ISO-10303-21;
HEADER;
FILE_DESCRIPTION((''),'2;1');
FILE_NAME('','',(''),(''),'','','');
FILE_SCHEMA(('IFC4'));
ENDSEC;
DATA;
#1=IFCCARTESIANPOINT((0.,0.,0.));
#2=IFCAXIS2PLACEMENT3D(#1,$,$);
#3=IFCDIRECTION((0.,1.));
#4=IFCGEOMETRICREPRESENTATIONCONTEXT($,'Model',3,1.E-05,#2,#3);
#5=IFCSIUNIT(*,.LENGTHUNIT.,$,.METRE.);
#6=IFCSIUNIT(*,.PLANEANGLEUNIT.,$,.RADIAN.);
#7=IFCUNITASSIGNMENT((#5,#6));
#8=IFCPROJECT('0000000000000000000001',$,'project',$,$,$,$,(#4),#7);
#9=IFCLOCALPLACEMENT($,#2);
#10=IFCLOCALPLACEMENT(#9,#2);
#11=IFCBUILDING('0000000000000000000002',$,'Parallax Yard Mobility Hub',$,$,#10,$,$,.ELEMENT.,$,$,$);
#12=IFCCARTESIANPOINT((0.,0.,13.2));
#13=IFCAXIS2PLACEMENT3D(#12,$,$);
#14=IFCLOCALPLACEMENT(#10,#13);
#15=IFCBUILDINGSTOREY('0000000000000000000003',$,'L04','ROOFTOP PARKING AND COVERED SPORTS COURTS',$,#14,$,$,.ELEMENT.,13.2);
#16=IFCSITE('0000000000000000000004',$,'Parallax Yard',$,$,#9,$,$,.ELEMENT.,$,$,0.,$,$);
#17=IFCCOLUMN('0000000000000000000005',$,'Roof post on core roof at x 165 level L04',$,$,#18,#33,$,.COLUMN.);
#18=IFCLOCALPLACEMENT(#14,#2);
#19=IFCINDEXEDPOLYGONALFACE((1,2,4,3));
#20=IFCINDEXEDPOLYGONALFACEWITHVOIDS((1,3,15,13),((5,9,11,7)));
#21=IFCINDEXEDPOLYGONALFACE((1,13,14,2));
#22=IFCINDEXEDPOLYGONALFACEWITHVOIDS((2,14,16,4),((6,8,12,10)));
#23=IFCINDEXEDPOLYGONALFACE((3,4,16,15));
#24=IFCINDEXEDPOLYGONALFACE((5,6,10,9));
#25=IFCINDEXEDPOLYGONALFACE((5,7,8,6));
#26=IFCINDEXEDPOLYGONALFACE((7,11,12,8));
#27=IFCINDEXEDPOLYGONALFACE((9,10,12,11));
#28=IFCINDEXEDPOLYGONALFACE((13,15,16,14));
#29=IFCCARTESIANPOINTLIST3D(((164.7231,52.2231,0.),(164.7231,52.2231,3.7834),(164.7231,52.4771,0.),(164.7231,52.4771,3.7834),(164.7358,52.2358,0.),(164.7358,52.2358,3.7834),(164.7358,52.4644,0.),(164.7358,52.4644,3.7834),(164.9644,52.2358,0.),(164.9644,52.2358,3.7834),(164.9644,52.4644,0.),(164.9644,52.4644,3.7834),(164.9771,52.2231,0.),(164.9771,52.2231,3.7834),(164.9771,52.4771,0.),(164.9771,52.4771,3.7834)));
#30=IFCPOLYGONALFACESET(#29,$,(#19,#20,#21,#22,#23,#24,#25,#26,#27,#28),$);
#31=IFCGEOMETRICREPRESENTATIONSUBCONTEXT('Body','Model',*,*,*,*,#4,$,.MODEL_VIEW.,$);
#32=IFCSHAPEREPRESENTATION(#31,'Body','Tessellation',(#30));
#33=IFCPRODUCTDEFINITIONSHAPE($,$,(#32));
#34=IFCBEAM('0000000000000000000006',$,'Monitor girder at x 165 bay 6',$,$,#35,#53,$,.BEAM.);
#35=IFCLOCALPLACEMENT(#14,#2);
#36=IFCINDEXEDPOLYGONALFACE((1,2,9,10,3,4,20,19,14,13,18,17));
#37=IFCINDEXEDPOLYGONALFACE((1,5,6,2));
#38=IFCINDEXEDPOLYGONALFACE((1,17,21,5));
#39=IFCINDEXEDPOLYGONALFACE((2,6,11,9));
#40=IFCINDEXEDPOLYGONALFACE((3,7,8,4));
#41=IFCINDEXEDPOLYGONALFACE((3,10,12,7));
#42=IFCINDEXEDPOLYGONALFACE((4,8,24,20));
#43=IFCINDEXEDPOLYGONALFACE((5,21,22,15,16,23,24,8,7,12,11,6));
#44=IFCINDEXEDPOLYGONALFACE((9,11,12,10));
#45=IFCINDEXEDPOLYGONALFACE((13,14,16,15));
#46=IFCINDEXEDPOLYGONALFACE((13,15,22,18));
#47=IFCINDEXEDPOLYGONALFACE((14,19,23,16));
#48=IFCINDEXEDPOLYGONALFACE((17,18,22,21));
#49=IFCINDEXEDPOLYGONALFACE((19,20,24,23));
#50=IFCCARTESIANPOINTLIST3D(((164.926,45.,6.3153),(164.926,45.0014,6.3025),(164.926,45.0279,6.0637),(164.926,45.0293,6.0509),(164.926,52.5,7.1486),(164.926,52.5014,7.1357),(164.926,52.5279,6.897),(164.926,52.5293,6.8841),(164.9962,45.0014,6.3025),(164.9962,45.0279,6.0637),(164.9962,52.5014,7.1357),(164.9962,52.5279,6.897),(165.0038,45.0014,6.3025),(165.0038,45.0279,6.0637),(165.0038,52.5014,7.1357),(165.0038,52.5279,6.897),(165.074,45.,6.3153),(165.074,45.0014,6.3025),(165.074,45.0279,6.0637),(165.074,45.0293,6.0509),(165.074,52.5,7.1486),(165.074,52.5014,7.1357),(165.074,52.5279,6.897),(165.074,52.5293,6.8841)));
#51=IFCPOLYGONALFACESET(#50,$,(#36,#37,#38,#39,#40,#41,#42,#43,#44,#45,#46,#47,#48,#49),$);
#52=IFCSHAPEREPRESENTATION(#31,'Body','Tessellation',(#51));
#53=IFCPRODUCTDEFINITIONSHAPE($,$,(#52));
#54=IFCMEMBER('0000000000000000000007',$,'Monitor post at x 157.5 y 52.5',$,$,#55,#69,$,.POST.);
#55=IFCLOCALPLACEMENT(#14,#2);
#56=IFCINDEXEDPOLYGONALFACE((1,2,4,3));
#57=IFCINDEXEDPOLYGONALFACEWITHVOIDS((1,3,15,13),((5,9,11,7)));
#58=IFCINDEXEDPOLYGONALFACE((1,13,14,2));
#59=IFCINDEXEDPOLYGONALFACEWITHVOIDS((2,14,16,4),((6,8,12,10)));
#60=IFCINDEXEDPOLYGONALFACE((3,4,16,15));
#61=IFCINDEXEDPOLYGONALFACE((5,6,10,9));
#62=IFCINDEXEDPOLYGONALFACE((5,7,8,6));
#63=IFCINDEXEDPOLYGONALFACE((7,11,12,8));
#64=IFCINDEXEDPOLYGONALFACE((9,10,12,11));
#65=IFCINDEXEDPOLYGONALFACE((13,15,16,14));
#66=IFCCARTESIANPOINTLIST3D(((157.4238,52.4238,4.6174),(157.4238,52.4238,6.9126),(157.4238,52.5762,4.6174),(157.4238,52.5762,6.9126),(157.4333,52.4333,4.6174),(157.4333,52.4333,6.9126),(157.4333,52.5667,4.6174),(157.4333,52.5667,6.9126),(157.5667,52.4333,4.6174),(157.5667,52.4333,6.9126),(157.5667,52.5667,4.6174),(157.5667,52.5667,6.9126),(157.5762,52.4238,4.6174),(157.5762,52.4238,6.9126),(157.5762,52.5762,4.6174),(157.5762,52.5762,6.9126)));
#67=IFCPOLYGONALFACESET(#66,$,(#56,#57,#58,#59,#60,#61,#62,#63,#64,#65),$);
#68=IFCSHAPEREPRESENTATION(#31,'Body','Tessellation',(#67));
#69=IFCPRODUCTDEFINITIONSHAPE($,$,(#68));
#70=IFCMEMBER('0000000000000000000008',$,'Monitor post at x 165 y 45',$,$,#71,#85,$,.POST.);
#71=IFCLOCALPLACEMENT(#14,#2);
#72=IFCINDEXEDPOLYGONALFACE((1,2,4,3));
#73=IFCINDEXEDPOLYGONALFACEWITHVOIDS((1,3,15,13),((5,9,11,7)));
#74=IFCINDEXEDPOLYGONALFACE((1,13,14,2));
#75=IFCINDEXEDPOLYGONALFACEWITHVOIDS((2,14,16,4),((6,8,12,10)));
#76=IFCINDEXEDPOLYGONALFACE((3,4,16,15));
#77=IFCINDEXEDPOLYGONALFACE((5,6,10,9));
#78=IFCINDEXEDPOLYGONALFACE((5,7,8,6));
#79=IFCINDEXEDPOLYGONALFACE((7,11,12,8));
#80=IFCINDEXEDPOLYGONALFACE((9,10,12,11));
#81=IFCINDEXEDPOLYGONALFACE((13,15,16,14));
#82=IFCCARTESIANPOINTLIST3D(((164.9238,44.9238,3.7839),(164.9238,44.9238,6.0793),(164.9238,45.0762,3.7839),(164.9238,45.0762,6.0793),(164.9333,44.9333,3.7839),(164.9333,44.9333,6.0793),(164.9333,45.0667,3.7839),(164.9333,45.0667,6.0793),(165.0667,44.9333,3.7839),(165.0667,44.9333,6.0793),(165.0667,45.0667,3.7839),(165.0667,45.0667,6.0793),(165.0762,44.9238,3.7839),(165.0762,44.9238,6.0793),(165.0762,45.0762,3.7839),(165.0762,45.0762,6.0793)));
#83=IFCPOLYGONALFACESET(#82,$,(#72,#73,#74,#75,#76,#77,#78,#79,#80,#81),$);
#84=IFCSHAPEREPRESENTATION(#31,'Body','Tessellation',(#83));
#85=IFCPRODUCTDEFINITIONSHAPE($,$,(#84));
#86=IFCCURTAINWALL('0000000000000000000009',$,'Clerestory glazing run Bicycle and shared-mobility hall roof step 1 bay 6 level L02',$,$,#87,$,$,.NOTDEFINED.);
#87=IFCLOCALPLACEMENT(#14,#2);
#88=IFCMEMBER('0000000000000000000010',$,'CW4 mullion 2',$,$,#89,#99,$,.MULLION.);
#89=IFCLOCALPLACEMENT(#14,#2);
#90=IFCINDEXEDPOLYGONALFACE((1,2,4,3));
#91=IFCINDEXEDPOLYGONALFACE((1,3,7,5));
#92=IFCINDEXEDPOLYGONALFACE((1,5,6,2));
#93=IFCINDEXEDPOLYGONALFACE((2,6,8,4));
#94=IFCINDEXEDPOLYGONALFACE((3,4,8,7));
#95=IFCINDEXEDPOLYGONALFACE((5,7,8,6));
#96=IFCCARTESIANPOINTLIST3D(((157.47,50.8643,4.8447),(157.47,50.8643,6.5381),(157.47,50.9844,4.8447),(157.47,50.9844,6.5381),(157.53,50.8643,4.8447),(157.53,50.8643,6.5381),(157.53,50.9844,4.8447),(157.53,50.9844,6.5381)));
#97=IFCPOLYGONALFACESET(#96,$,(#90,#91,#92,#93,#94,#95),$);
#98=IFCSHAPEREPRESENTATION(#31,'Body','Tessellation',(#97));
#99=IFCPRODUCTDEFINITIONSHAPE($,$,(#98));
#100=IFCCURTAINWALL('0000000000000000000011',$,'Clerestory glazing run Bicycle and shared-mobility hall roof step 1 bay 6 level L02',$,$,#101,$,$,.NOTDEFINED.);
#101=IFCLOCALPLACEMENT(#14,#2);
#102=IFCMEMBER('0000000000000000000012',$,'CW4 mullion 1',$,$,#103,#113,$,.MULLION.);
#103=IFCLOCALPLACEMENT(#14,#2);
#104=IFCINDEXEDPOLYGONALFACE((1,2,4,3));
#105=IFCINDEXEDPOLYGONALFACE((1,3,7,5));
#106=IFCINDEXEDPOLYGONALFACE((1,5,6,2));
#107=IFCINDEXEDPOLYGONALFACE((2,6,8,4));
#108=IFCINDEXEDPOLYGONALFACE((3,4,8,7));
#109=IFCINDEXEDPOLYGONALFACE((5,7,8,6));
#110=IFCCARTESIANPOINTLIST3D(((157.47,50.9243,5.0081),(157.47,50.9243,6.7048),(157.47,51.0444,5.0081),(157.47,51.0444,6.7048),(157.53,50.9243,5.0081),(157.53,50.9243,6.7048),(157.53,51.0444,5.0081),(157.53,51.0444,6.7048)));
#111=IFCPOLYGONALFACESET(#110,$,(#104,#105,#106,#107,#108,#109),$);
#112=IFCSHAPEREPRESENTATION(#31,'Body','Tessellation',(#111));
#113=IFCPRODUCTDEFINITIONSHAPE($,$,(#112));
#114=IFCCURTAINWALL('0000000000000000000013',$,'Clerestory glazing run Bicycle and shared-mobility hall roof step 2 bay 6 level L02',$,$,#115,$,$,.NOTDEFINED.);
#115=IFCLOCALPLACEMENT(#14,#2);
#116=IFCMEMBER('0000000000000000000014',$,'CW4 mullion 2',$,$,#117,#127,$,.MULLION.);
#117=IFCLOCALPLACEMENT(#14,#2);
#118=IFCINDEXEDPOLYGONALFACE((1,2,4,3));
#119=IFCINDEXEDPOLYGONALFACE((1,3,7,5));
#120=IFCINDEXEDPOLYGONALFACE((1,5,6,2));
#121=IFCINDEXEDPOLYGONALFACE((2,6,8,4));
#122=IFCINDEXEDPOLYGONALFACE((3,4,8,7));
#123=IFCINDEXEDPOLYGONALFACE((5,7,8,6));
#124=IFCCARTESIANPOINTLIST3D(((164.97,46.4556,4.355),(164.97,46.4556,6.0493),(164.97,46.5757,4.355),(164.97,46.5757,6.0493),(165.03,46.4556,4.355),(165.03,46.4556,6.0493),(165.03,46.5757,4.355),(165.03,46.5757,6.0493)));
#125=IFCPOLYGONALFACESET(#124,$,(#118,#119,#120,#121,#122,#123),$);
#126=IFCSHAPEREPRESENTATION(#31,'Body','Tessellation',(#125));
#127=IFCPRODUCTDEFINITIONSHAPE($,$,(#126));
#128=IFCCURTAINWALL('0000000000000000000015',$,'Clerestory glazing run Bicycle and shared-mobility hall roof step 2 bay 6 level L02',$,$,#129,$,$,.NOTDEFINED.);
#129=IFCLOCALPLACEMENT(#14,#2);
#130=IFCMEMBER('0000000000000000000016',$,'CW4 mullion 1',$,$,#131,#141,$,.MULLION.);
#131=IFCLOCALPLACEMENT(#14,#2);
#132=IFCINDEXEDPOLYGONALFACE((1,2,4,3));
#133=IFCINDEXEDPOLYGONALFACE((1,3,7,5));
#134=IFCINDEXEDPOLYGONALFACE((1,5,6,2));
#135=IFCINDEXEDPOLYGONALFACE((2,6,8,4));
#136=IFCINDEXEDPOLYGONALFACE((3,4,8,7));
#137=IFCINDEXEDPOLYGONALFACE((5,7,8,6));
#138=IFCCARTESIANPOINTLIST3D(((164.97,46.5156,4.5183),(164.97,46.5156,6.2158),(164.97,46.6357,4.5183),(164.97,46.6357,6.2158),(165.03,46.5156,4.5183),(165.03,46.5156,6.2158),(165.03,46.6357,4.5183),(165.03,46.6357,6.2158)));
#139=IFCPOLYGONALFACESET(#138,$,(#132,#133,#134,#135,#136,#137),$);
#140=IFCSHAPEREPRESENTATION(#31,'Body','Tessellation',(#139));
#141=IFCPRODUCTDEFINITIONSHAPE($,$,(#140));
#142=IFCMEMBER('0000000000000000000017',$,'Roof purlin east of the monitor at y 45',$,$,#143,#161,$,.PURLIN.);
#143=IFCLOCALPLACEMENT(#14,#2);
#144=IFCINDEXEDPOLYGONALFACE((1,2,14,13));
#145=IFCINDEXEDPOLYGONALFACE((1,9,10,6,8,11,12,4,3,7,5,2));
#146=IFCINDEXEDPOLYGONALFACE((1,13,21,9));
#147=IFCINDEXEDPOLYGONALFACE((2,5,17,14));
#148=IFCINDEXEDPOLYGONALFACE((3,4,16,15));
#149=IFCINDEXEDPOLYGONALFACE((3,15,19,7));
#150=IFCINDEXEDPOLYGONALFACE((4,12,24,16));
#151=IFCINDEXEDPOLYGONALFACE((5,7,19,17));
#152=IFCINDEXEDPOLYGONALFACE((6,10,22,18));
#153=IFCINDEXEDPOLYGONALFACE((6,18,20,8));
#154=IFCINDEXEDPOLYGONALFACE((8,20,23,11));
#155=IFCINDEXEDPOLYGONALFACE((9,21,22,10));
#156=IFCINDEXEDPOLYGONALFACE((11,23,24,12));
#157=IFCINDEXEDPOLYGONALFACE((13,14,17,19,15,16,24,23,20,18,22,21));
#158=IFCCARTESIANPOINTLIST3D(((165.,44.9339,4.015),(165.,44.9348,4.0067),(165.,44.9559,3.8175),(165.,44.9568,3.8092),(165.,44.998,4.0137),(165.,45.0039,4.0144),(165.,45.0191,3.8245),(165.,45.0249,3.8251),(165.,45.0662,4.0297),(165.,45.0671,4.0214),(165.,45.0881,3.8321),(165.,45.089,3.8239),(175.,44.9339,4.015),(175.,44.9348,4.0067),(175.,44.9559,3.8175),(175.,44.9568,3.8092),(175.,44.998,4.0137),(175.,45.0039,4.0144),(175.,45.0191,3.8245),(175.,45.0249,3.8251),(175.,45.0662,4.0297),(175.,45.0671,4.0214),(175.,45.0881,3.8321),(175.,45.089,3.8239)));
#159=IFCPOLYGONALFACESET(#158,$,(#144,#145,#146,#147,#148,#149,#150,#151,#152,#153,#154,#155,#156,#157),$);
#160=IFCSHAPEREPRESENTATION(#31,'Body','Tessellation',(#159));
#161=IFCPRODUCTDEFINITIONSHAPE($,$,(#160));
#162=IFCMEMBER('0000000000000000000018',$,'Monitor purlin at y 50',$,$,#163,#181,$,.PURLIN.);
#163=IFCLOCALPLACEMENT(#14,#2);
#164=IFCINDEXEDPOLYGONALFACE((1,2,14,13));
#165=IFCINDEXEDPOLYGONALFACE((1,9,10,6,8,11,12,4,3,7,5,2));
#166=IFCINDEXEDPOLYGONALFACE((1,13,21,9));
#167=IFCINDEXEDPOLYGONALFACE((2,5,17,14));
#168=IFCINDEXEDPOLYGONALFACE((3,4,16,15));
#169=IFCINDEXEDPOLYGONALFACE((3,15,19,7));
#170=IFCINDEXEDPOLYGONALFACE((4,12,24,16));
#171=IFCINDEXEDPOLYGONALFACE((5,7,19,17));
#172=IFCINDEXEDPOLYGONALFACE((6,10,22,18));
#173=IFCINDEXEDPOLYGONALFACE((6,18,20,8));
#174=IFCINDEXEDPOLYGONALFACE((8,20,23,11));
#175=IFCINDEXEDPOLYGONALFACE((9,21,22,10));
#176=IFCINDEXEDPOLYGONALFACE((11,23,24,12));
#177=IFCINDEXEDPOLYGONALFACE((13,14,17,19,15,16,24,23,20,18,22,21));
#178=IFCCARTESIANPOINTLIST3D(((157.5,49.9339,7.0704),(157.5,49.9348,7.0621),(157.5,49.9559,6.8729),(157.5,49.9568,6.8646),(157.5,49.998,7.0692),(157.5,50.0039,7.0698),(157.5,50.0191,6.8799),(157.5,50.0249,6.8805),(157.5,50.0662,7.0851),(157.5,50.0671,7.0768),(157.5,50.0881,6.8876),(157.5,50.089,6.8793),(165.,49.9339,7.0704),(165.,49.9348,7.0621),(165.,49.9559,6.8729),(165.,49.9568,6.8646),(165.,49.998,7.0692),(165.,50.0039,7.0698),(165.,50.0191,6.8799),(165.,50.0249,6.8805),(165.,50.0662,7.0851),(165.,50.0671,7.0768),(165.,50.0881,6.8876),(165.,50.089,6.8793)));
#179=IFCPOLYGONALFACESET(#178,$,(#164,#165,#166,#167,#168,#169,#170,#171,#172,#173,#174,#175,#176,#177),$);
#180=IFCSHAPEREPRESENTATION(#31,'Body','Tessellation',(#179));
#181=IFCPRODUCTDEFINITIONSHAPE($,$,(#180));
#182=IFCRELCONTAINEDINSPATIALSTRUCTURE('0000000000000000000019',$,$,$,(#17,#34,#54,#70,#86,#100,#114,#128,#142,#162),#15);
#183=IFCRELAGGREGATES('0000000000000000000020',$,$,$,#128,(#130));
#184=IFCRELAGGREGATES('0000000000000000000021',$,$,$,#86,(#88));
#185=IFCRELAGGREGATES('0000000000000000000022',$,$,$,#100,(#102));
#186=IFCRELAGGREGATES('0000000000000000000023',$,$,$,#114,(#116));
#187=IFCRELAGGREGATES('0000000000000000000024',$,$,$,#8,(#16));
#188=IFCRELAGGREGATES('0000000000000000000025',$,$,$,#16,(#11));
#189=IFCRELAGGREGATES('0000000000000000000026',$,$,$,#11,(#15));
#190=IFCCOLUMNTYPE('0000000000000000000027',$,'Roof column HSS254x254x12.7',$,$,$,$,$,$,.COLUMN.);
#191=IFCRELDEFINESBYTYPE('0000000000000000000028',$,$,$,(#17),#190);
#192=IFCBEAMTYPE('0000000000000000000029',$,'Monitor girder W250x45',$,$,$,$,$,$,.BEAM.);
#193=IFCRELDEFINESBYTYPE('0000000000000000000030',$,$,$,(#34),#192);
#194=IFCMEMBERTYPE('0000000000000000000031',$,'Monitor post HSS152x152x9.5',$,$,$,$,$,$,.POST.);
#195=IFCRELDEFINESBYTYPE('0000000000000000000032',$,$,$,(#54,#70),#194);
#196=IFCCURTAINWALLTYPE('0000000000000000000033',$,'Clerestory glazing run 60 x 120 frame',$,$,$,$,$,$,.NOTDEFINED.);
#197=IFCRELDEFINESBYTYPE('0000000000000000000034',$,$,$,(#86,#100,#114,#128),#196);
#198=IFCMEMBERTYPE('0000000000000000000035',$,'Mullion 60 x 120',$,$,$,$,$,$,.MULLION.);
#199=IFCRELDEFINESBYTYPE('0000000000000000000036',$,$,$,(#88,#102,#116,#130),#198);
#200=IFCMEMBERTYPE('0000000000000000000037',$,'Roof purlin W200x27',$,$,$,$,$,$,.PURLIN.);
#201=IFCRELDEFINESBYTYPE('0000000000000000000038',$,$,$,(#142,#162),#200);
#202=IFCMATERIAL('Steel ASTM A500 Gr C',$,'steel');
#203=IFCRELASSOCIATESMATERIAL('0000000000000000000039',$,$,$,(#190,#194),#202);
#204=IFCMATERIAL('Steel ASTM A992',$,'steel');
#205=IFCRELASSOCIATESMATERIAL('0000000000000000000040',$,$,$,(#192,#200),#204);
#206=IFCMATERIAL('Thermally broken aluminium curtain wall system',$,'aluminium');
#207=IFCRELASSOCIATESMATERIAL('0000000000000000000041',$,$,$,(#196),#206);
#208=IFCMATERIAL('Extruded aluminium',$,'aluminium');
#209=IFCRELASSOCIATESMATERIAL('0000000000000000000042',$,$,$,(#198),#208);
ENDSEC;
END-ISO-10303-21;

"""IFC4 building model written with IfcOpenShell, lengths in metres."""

from ifc_helpers import new_model, si_unit, direction, frame, origin, origin_2d, place, context, subcontext, project, spatial, rectangle, hollow_rectangle, i_section, extrude, material, material_profile, profile_set, type_object, element, aggregate, save


model = new_model("IFC4")

# Units and contexts
model_context = context("Model", 3, precision=1e-05, world=origin(), true_north=direction((0.0, 1.0)))
body_context = subcontext(model_context, "Body", "Model", "MODEL_VIEW")
ifc_project = project(units=[si_unit("LENGTHUNIT", "METRE"), si_unit("PLANEANGLEUNIT", "RADIAN")], contexts=[model_context])

# Site, building, storey
site_placement = place(None, origin())
site = spatial("IfcSite", under=ifc_project, at=site_placement, Name="Parallax Yard", CompositionType="ELEMENT", RefElevation=0.0)
building_placement = place(site_placement, origin())
building = spatial("IfcBuilding", under=site, at=building_placement, Name="Parallax Yard Mobility Hub", CompositionType="ELEMENT")
storey_placement = place(building_placement, frame((0.0, 0.0, 13.2)))
storey = spatial("IfcBuildingStorey", under=building, at=storey_placement, Name="L04", Description="ROOFTOP PARKING AND COVERED SPORTS COURTS", CompositionType="ELEMENT", Elevation=13.2)

# Column
ifc_material_1 = material(Name="Steel ASTM A500 Gr C", Category="steel")
ifc_material_profile_1 = material_profile(ifc_material_1, hollow_rectangle(XDim=0.2539, YDim=0.2539, WallThickness=0.0127, at=origin_2d()), Name="HSS254x254x12.7")
ifc_profile_set_1 = profile_set([ifc_material_profile_1], Name="Steel ASTM A500 Gr C")
column_type = type_object("IfcColumnType", Name="Roof column HSS254x254x12.7", PredefinedType="COLUMN", material=ifc_profile_set_1)
column_placement = place(storey_placement, frame((164.8501, 52.3501, 0.0), z_axis=(0.0, 0.0, 1.0), x_axis=(1.0, 0.0, 0.0)))
element("IfcColumn", 1, at=column_placement, inside=storey, type_object=column_type, Name="Roof post on core roof at x 165 level L04", PredefinedType="COLUMN", context=body_context, shape_type="SweptSolid", body=[
    extrude(hollow_rectangle(XDim=0.2539, YDim=0.2539, WallThickness=0.0127, at=origin_2d()), origin(), (0.0, 0.0, 1.0), 3.7834),
])

# Beam
ifc_material_2 = material(Name="Steel ASTM A992", Category="steel")
ifc_material_profile_2 = material_profile(ifc_material_2, i_section(OverallWidth=0.1479, OverallDepth=0.2661, WebThickness=0.0076, FlangeThickness=0.0129, at=origin_2d()), Name="W250x45")
ifc_profile_set_2 = profile_set([ifc_material_profile_2], Name="Steel ASTM A992")
beam_type = type_object("IfcBeamType", Name="Monitor girder W250x45", PredefinedType="BEAM", material=ifc_profile_set_2)
beam_placement = place(storey_placement, frame((165.0, 45.0146, 6.1831), z_axis=(0.0, 0.993885, 0.110421), x_axis=(-1.0, 0.0, 0.0)))
element("IfcBeam", 2, at=beam_placement, inside=storey, type_object=beam_type, Name="Monitor girder at x 165 bay 6", PredefinedType="BEAM", context=body_context, shape_type="SweptSolid", body=[
    extrude(i_section(OverallWidth=0.1479, OverallDepth=0.2661, WebThickness=0.0076, FlangeThickness=0.0129, at=origin_2d()), origin(), (0.0, 0.0, 1.0), 7.5461),
])

# Members
ifc_material_profile_3 = material_profile(ifc_material_1, hollow_rectangle(XDim=0.1523, YDim=0.1523, WallThickness=0.0095, at=origin_2d()), Name="HSS152x152x9.5")
ifc_profile_set_3 = profile_set([ifc_material_profile_3], Name="Steel ASTM A500 Gr C")
member_type_1 = type_object("IfcMemberType", Name="Monitor post HSS152x152x9.5", PredefinedType="POST", material=ifc_profile_set_3)
member_1_placement = place(storey_placement, frame((157.5, 52.5, 4.6174), z_axis=(0.0, 0.0, 1.0), x_axis=(1.0, 0.0, 0.0)))
element("IfcMember", 3, at=member_1_placement, inside=storey, type_object=member_type_1, Name="Monitor post at x 157.5 y 52.5", PredefinedType="POST", context=body_context, shape_type="SweptSolid", body=[
    extrude(hollow_rectangle(XDim=0.1523, YDim=0.1523, WallThickness=0.0095, at=origin_2d()), origin(), (0.0, 0.0, 1.0), 2.2952),
])
member_2_placement = place(storey_placement, frame((165.0, 45.0, 3.7839), z_axis=(0.0, 0.0, 1.0), x_axis=(1.0, 0.0, 0.0)))
element("IfcMember", 4, at=member_2_placement, inside=storey, type_object=member_type_1, Name="Monitor post at x 165 y 45", PredefinedType="POST", context=body_context, shape_type="SweptSolid", body=[
    extrude(hollow_rectangle(XDim=0.1523, YDim=0.1523, WallThickness=0.0095, at=origin_2d()), origin(), (0.0, 0.0, 1.0), 2.2954),
])

# Curtain walls, members
ifc_material_3 = material(Name="Thermally broken aluminium curtain wall system", Category="aluminium")
curtain_wall_type = type_object("IfcCurtainWallType", Name="Clerestory glazing run 60 x 120 frame", PredefinedType="NOTDEFINED", material=ifc_material_3)
curtain_wall_1_placement = place(storey_placement, origin())
curtain_wall_1 = element("IfcCurtainWall", 5, at=curtain_wall_1_placement, inside=storey, type_object=curtain_wall_type, Name="Clerestory glazing run Bicycle and shared-mobility hall roof step 1 bay 6 level L02", PredefinedType="NOTDEFINED")
ifc_material_4 = material(Name="Extruded aluminium", Category="aluminium")
ifc_material_profile_4 = material_profile(ifc_material_4, rectangle(XDim=0.0601, YDim=0.1201, at=origin_2d()), Name="Mullion 60 x 120")
ifc_profile_set_4 = profile_set([ifc_material_profile_4], Name="Extruded aluminium")
member_type_2 = type_object("IfcMemberType", Name="Mullion 60 x 120", PredefinedType="MULLION", material=ifc_profile_set_4)
member_3_placement = place(storey_placement, frame((157.5, 50.9243, 4.8447), z_axis=(0.0, 0.0, 1.0), x_axis=(-1.0, 0.0, 0.0)))
member_3 = element("IfcMember", 6, at=member_3_placement, type_object=member_type_2, Name="CW4 mullion 2", PredefinedType="MULLION", context=body_context, shape_type="SweptSolid", body=[
    extrude(rectangle(XDim=0.0601, YDim=0.1201, at=origin_2d()), origin(), (0.0, 0.0, 1.0), 1.6934),
])
curtain_wall_2_placement = place(storey_placement, origin())
curtain_wall_2 = element("IfcCurtainWall", 7, at=curtain_wall_2_placement, inside=storey, type_object=curtain_wall_type, Name="Clerestory glazing run Bicycle and shared-mobility hall roof step 1 bay 6 level L02", PredefinedType="NOTDEFINED")
member_4_placement = place(storey_placement, frame((157.5, 50.9844, 5.0081), z_axis=(0.0, 0.0, 1.0), x_axis=(-1.0, 0.0, 0.0)))
member_4 = element("IfcMember", 8, at=member_4_placement, type_object=member_type_2, Name="CW4 mullion 1", PredefinedType="MULLION", context=body_context, shape_type="SweptSolid", body=[
    extrude(rectangle(XDim=0.0601, YDim=0.1201, at=origin_2d()), origin(), (0.0, 0.0, 1.0), 1.6968),
])
curtain_wall_3_placement = place(storey_placement, origin())
curtain_wall_3 = element("IfcCurtainWall", 9, at=curtain_wall_3_placement, inside=storey, type_object=curtain_wall_type, Name="Clerestory glazing run Bicycle and shared-mobility hall roof step 2 bay 6 level L02", PredefinedType="NOTDEFINED")
member_5_placement = place(storey_placement, frame((165.0, 46.5156, 4.355), z_axis=(0.0, 0.0, 1.0), x_axis=(-1.0, 0.0, 0.0)))
member_5 = element("IfcMember", 10, at=member_5_placement, type_object=member_type_2, Name="CW4 mullion 2", PredefinedType="MULLION", context=body_context, shape_type="SweptSolid", body=[
    extrude(rectangle(XDim=0.0601, YDim=0.1201, at=origin_2d()), origin(), (0.0, 0.0, 1.0), 1.6943),
])
curtain_wall_4_placement = place(storey_placement, origin())
curtain_wall_4 = element("IfcCurtainWall", 11, at=curtain_wall_4_placement, inside=storey, type_object=curtain_wall_type, Name="Clerestory glazing run Bicycle and shared-mobility hall roof step 2 bay 6 level L02", PredefinedType="NOTDEFINED")
member_6_placement = place(storey_placement, frame((165.0, 46.5757, 4.5183), z_axis=(0.0, 0.0, 1.0), x_axis=(-1.0, 0.0, 0.0)))
member_6 = element("IfcMember", 12, at=member_6_placement, type_object=member_type_2, Name="CW4 mullion 1", PredefinedType="MULLION", context=body_context, shape_type="SweptSolid", body=[
    extrude(rectangle(XDim=0.0601, YDim=0.1201, at=origin_2d()), origin(), (0.0, 0.0, 1.0), 1.6975),
])

# Members
ifc_material_profile_5 = material_profile(ifc_material_2, i_section(OverallWidth=0.1331, OverallDepth=0.207, WebThickness=0.0059, FlangeThickness=0.0083, at=origin_2d()), Name="W200x27")
ifc_profile_set_5 = profile_set([ifc_material_profile_5], Name="Steel ASTM A992")
member_type_3 = type_object("IfcMemberType", Name="Roof purlin W200x27", PredefinedType="PURLIN", material=ifc_profile_set_5)
member_7_placement = place(storey_placement, frame((165.0, 45.0115, 3.9194), z_axis=(1.0, 0.0, 0.0), x_axis=(0.0, 0.993884, 0.110432)))
element("IfcMember", 13, at=member_7_placement, inside=storey, type_object=member_type_3, Name="Roof purlin east of the monitor at y 45", PredefinedType="PURLIN", context=body_context, shape_type="SweptSolid", body=[
    extrude(i_section(OverallWidth=0.1331, OverallDepth=0.207, WebThickness=0.0059, FlangeThickness=0.0083, at=origin_2d()), origin(), (0.0, 0.0, 1.0), 10.0),
])
for number, where, z_axis, x_axis, name in (
    (14, (157.5, 50.0115, 6.9749), (1.0, 0.0, 0.0), (0.0, 0.993884, 0.110432), "Monitor purlin at y 50"),
):
    element("IfcMember", number, at=place(storey_placement, frame(where, z_axis=z_axis, x_axis=x_axis)), inside=storey, type_object=member_type_3, Name=name, PredefinedType="PURLIN", context=body_context, shape_type="SweptSolid", body=[
        extrude(i_section(OverallWidth=0.1331, OverallDepth=0.207, WebThickness=0.0059, FlangeThickness=0.0083, at=origin_2d()), origin(), (0.0, 0.0, 1.0), 7.5),
    ])

aggregate(curtain_wall_4, [member_6])

aggregate(curtain_wall_1, [member_3])
aggregate(curtain_wall_2, [member_4])
aggregate(curtain_wall_3, [member_5])

save(model, "model.ifc")
